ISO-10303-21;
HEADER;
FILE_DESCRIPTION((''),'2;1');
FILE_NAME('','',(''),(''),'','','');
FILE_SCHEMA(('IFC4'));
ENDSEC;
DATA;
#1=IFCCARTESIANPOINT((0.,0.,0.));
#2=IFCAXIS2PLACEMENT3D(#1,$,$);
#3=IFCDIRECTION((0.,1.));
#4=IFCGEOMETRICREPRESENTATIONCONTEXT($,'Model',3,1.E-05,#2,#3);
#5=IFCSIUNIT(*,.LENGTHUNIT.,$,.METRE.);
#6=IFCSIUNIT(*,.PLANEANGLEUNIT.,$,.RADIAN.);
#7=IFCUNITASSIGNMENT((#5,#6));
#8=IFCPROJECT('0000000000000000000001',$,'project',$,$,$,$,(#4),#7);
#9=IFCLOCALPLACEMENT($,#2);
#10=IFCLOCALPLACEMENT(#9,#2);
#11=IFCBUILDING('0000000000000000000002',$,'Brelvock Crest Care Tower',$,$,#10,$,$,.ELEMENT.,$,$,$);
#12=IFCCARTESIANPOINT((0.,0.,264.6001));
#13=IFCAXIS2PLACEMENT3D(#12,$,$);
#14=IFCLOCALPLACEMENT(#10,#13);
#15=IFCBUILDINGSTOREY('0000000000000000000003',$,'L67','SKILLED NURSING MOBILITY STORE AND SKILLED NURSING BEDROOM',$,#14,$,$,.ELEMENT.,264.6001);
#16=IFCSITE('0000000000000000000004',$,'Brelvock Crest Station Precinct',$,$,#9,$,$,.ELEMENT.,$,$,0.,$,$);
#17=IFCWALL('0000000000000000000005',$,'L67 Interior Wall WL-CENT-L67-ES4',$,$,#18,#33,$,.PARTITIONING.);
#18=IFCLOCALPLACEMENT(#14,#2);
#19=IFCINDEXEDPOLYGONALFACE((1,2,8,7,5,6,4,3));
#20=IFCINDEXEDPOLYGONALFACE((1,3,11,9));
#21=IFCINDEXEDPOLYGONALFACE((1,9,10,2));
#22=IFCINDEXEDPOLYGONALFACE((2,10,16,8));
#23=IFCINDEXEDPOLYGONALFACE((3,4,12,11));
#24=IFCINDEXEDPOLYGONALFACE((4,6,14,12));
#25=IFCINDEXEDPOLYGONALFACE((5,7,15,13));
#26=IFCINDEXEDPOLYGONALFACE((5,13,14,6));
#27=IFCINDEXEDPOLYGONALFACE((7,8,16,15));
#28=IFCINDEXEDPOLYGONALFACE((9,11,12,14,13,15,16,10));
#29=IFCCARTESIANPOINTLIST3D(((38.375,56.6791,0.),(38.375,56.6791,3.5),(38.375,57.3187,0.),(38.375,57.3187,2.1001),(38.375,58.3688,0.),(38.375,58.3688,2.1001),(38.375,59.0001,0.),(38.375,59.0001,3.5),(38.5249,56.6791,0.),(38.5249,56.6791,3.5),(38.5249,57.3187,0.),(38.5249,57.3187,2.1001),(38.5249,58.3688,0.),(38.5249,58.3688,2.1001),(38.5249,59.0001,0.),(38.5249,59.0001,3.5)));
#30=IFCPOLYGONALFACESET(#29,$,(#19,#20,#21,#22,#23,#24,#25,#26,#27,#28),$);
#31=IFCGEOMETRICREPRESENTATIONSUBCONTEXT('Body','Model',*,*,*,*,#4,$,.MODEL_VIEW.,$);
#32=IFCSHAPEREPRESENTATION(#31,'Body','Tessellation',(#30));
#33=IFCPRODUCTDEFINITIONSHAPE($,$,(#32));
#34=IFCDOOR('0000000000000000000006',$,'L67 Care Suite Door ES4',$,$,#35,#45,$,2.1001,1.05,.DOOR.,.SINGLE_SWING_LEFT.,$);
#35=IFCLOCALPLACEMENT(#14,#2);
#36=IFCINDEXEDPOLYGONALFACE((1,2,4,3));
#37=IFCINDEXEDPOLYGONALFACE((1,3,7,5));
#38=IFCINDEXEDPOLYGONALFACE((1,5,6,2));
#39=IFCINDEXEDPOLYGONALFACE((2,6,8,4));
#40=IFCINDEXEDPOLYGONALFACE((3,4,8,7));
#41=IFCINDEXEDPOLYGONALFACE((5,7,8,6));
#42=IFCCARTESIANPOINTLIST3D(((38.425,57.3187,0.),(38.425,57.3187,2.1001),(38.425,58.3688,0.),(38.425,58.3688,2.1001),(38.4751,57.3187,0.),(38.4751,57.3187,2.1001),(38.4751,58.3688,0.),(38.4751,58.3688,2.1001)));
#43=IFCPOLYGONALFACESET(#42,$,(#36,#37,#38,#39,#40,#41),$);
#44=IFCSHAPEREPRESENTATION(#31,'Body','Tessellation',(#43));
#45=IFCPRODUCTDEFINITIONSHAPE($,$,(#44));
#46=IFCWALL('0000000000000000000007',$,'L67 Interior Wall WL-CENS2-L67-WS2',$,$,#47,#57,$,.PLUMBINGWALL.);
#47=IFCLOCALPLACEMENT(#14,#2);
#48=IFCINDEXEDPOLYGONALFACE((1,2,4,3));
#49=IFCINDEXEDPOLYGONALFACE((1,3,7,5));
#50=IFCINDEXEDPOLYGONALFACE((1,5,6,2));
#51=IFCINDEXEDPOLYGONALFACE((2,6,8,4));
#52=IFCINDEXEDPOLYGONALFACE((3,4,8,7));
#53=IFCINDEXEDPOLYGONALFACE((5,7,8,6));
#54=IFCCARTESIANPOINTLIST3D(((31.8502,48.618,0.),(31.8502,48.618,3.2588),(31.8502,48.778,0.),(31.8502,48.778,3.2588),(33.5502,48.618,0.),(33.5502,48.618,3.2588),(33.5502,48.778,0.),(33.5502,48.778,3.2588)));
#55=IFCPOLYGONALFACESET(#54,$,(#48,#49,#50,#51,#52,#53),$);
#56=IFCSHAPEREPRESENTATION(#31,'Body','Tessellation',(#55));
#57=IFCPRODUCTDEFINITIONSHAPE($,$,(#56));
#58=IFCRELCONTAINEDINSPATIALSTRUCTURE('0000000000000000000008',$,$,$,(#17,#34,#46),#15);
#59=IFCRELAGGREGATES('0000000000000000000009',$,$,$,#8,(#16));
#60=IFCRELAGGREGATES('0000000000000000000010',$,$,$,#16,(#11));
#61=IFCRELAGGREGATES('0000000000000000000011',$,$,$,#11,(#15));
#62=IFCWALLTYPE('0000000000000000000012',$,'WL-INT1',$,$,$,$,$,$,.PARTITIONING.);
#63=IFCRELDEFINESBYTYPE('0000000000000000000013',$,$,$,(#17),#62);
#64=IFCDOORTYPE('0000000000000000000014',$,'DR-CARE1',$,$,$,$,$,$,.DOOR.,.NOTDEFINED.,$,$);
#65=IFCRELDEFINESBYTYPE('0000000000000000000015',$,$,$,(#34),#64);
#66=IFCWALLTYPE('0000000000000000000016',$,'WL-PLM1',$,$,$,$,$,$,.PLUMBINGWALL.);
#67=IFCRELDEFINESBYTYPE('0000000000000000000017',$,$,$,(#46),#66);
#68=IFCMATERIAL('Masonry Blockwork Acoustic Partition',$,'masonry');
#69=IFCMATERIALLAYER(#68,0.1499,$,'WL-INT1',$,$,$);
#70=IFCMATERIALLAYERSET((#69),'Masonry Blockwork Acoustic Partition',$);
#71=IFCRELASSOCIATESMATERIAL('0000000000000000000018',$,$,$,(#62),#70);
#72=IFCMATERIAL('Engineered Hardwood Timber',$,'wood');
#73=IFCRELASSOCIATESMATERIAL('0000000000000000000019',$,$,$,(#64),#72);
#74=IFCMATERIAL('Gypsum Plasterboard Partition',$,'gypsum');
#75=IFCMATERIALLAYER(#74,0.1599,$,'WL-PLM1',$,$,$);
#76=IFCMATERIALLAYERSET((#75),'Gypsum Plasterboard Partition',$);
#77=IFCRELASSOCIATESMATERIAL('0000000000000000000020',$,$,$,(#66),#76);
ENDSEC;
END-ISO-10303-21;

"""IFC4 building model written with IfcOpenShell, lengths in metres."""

from ifc_helpers import new_model, si_unit, direction, frame, frame_2d, origin, origin_2d, place, context, subcontext, project, spatial, rectangle, extrude, source, transform, mapped, material, layer, layer_set, type_object, element, fill, save


model = new_model("IFC4")

# Units and contexts
model_context = context("Model", 3, precision=1e-05, world=origin(), true_north=direction((0.0, 1.0)))
body_context = subcontext(model_context, "Body", "Model", "MODEL_VIEW")
ifc_project = project(units=[si_unit("LENGTHUNIT", "METRE"), si_unit("PLANEANGLEUNIT", "RADIAN")], contexts=[model_context])

# Site, building, storey
site_placement = place(None, origin())
site = spatial("IfcSite", under=ifc_project, at=site_placement, Name="Brelvock Crest Station Precinct", CompositionType="ELEMENT", RefElevation=0.0)
building_placement = place(site_placement, origin())
building = spatial("IfcBuilding", under=site, at=building_placement, Name="Brelvock Crest Care Tower", CompositionType="ELEMENT")
storey_placement = place(building_placement, frame((0.0, 0.0, 264.6001)))
storey = spatial("IfcBuildingStorey", under=building, at=storey_placement, Name="L67", Description="SKILLED NURSING MOBILITY STORE AND SKILLED NURSING BEDROOM", CompositionType="ELEMENT", Elevation=264.6001)

# Shared definitions
ifc_material_1 = material(Name="Masonry Blockwork Acoustic Partition", Category="masonry")
ifc_layer_1 = layer(ifc_material_1, 0.1499, Name="WL-INT1")
ifc_layer_set_1 = layer_set([ifc_layer_1], Name="Masonry Blockwork Acoustic Partition")
wall_type_1 = type_object("IfcWallType", Name="WL-INT1", PredefinedType="PARTITIONING", material=ifc_layer_set_1)

# Wall, opening, door
ifc_material_2 = material(Name="Engineered Hardwood Timber", Category="wood")
door_type = type_object("IfcDoorType", Name="DR-CARE1", OperationType="NOTDEFINED", PredefinedType="DOOR", material=ifc_material_2)
shared_shape_1 = source(origin(), body_context, "Body", "SweptSolid", [
    extrude(rectangle(XDim=1.05, YDim=2.1001, at=origin_2d()), frame((0.5249, 0.0249, 1.05), z_axis=(0.0, -1.0, 0.0), x_axis=(1.0, 0.0, 0.0)), (0.0, 0.0, 1.0), 0.05),
])
wall_1_placement = place(storey_placement, frame((38.45, 56.679, 0.0), z_axis=(0.0, 0.0, 1.0), x_axis=(0.0, 1.0, 0.0)))
wall_1 = element("IfcWall", 1, at=wall_1_placement, inside=storey, type_object=wall_type_1, Name="L67 Interior Wall WL-CENT-L67-ES4", PredefinedType="PARTITIONING", context=body_context, shape_type="SweptSolid", body=[
    extrude(rectangle(XDim=2.321, YDim=0.1499, at=frame_2d((1.1606, 0.0))), origin(), (0.0, 0.0, 1.0), 3.5),
])
opening_1_placement = place(wall_1_placement, frame((0.6399, 0.0, 0.0)))
opening_1 = element("IfcOpeningElement", 2, at=opening_1_placement, cuts=wall_1, PredefinedType="OPENING", context=body_context, shape_type="SweptSolid", body=[
    extrude(rectangle(XDim=1.05, YDim=2.1001, at=origin_2d()), frame((0.5249, 0.085, 1.05), z_axis=(0.0, -1.0, 0.0), x_axis=(1.0, 0.0, 0.0)), (0.0, 0.0, 1.0), 0.1699),
])
door_1_placement = place(opening_1_placement, origin())
door_1 = element("IfcDoor", 3, at=door_1_placement, inside=storey, type_object=door_type, Name="L67 Care Suite Door ES4", OperationType="SINGLE_SWING_LEFT", OverallHeight=2.1001, OverallWidth=1.05, PredefinedType="DOOR", context=body_context, shape_type="MappedRepresentation", body=[
    mapped(shared_shape_1, transform((0.0, 0.0, 0.0), x_axis=(1.0, 0.0, 0.0), y_axis=(0.0, 1.0, 0.0), z_axis=(0.0, 0.0, 1.0), scale=1.0)),
])
fill(opening_1, door_1)

# Wall
ifc_material_3 = material(Name="Gypsum Plasterboard Partition", Category="gypsum")
ifc_layer_2 = layer(ifc_material_3, 0.1599, Name="WL-PLM1")
ifc_layer_set_2 = layer_set([ifc_layer_2], Name="Gypsum Plasterboard Partition")
wall_type_2 = type_object("IfcWallType", Name="WL-PLM1", PredefinedType="PLUMBINGWALL", material=ifc_layer_set_2)
wall_2_placement = place(storey_placement, frame((31.8501, 48.698, 0.0), z_axis=(0.0, 0.0, 1.0), x_axis=(1.0, 0.0, 0.0)))
element("IfcWall", 4, at=wall_2_placement, inside=storey, type_object=wall_type_2, Name="L67 Interior Wall WL-CENS2-L67-WS2", PredefinedType="PLUMBINGWALL", context=body_context, shape_type="SweptSolid", body=[
    extrude(rectangle(XDim=1.7, YDim=0.1599, at=frame_2d((0.8501, 0.0))), origin(), (0.0, 0.0, 1.0), 3.2588),
])

save(model, "model.ifc")
